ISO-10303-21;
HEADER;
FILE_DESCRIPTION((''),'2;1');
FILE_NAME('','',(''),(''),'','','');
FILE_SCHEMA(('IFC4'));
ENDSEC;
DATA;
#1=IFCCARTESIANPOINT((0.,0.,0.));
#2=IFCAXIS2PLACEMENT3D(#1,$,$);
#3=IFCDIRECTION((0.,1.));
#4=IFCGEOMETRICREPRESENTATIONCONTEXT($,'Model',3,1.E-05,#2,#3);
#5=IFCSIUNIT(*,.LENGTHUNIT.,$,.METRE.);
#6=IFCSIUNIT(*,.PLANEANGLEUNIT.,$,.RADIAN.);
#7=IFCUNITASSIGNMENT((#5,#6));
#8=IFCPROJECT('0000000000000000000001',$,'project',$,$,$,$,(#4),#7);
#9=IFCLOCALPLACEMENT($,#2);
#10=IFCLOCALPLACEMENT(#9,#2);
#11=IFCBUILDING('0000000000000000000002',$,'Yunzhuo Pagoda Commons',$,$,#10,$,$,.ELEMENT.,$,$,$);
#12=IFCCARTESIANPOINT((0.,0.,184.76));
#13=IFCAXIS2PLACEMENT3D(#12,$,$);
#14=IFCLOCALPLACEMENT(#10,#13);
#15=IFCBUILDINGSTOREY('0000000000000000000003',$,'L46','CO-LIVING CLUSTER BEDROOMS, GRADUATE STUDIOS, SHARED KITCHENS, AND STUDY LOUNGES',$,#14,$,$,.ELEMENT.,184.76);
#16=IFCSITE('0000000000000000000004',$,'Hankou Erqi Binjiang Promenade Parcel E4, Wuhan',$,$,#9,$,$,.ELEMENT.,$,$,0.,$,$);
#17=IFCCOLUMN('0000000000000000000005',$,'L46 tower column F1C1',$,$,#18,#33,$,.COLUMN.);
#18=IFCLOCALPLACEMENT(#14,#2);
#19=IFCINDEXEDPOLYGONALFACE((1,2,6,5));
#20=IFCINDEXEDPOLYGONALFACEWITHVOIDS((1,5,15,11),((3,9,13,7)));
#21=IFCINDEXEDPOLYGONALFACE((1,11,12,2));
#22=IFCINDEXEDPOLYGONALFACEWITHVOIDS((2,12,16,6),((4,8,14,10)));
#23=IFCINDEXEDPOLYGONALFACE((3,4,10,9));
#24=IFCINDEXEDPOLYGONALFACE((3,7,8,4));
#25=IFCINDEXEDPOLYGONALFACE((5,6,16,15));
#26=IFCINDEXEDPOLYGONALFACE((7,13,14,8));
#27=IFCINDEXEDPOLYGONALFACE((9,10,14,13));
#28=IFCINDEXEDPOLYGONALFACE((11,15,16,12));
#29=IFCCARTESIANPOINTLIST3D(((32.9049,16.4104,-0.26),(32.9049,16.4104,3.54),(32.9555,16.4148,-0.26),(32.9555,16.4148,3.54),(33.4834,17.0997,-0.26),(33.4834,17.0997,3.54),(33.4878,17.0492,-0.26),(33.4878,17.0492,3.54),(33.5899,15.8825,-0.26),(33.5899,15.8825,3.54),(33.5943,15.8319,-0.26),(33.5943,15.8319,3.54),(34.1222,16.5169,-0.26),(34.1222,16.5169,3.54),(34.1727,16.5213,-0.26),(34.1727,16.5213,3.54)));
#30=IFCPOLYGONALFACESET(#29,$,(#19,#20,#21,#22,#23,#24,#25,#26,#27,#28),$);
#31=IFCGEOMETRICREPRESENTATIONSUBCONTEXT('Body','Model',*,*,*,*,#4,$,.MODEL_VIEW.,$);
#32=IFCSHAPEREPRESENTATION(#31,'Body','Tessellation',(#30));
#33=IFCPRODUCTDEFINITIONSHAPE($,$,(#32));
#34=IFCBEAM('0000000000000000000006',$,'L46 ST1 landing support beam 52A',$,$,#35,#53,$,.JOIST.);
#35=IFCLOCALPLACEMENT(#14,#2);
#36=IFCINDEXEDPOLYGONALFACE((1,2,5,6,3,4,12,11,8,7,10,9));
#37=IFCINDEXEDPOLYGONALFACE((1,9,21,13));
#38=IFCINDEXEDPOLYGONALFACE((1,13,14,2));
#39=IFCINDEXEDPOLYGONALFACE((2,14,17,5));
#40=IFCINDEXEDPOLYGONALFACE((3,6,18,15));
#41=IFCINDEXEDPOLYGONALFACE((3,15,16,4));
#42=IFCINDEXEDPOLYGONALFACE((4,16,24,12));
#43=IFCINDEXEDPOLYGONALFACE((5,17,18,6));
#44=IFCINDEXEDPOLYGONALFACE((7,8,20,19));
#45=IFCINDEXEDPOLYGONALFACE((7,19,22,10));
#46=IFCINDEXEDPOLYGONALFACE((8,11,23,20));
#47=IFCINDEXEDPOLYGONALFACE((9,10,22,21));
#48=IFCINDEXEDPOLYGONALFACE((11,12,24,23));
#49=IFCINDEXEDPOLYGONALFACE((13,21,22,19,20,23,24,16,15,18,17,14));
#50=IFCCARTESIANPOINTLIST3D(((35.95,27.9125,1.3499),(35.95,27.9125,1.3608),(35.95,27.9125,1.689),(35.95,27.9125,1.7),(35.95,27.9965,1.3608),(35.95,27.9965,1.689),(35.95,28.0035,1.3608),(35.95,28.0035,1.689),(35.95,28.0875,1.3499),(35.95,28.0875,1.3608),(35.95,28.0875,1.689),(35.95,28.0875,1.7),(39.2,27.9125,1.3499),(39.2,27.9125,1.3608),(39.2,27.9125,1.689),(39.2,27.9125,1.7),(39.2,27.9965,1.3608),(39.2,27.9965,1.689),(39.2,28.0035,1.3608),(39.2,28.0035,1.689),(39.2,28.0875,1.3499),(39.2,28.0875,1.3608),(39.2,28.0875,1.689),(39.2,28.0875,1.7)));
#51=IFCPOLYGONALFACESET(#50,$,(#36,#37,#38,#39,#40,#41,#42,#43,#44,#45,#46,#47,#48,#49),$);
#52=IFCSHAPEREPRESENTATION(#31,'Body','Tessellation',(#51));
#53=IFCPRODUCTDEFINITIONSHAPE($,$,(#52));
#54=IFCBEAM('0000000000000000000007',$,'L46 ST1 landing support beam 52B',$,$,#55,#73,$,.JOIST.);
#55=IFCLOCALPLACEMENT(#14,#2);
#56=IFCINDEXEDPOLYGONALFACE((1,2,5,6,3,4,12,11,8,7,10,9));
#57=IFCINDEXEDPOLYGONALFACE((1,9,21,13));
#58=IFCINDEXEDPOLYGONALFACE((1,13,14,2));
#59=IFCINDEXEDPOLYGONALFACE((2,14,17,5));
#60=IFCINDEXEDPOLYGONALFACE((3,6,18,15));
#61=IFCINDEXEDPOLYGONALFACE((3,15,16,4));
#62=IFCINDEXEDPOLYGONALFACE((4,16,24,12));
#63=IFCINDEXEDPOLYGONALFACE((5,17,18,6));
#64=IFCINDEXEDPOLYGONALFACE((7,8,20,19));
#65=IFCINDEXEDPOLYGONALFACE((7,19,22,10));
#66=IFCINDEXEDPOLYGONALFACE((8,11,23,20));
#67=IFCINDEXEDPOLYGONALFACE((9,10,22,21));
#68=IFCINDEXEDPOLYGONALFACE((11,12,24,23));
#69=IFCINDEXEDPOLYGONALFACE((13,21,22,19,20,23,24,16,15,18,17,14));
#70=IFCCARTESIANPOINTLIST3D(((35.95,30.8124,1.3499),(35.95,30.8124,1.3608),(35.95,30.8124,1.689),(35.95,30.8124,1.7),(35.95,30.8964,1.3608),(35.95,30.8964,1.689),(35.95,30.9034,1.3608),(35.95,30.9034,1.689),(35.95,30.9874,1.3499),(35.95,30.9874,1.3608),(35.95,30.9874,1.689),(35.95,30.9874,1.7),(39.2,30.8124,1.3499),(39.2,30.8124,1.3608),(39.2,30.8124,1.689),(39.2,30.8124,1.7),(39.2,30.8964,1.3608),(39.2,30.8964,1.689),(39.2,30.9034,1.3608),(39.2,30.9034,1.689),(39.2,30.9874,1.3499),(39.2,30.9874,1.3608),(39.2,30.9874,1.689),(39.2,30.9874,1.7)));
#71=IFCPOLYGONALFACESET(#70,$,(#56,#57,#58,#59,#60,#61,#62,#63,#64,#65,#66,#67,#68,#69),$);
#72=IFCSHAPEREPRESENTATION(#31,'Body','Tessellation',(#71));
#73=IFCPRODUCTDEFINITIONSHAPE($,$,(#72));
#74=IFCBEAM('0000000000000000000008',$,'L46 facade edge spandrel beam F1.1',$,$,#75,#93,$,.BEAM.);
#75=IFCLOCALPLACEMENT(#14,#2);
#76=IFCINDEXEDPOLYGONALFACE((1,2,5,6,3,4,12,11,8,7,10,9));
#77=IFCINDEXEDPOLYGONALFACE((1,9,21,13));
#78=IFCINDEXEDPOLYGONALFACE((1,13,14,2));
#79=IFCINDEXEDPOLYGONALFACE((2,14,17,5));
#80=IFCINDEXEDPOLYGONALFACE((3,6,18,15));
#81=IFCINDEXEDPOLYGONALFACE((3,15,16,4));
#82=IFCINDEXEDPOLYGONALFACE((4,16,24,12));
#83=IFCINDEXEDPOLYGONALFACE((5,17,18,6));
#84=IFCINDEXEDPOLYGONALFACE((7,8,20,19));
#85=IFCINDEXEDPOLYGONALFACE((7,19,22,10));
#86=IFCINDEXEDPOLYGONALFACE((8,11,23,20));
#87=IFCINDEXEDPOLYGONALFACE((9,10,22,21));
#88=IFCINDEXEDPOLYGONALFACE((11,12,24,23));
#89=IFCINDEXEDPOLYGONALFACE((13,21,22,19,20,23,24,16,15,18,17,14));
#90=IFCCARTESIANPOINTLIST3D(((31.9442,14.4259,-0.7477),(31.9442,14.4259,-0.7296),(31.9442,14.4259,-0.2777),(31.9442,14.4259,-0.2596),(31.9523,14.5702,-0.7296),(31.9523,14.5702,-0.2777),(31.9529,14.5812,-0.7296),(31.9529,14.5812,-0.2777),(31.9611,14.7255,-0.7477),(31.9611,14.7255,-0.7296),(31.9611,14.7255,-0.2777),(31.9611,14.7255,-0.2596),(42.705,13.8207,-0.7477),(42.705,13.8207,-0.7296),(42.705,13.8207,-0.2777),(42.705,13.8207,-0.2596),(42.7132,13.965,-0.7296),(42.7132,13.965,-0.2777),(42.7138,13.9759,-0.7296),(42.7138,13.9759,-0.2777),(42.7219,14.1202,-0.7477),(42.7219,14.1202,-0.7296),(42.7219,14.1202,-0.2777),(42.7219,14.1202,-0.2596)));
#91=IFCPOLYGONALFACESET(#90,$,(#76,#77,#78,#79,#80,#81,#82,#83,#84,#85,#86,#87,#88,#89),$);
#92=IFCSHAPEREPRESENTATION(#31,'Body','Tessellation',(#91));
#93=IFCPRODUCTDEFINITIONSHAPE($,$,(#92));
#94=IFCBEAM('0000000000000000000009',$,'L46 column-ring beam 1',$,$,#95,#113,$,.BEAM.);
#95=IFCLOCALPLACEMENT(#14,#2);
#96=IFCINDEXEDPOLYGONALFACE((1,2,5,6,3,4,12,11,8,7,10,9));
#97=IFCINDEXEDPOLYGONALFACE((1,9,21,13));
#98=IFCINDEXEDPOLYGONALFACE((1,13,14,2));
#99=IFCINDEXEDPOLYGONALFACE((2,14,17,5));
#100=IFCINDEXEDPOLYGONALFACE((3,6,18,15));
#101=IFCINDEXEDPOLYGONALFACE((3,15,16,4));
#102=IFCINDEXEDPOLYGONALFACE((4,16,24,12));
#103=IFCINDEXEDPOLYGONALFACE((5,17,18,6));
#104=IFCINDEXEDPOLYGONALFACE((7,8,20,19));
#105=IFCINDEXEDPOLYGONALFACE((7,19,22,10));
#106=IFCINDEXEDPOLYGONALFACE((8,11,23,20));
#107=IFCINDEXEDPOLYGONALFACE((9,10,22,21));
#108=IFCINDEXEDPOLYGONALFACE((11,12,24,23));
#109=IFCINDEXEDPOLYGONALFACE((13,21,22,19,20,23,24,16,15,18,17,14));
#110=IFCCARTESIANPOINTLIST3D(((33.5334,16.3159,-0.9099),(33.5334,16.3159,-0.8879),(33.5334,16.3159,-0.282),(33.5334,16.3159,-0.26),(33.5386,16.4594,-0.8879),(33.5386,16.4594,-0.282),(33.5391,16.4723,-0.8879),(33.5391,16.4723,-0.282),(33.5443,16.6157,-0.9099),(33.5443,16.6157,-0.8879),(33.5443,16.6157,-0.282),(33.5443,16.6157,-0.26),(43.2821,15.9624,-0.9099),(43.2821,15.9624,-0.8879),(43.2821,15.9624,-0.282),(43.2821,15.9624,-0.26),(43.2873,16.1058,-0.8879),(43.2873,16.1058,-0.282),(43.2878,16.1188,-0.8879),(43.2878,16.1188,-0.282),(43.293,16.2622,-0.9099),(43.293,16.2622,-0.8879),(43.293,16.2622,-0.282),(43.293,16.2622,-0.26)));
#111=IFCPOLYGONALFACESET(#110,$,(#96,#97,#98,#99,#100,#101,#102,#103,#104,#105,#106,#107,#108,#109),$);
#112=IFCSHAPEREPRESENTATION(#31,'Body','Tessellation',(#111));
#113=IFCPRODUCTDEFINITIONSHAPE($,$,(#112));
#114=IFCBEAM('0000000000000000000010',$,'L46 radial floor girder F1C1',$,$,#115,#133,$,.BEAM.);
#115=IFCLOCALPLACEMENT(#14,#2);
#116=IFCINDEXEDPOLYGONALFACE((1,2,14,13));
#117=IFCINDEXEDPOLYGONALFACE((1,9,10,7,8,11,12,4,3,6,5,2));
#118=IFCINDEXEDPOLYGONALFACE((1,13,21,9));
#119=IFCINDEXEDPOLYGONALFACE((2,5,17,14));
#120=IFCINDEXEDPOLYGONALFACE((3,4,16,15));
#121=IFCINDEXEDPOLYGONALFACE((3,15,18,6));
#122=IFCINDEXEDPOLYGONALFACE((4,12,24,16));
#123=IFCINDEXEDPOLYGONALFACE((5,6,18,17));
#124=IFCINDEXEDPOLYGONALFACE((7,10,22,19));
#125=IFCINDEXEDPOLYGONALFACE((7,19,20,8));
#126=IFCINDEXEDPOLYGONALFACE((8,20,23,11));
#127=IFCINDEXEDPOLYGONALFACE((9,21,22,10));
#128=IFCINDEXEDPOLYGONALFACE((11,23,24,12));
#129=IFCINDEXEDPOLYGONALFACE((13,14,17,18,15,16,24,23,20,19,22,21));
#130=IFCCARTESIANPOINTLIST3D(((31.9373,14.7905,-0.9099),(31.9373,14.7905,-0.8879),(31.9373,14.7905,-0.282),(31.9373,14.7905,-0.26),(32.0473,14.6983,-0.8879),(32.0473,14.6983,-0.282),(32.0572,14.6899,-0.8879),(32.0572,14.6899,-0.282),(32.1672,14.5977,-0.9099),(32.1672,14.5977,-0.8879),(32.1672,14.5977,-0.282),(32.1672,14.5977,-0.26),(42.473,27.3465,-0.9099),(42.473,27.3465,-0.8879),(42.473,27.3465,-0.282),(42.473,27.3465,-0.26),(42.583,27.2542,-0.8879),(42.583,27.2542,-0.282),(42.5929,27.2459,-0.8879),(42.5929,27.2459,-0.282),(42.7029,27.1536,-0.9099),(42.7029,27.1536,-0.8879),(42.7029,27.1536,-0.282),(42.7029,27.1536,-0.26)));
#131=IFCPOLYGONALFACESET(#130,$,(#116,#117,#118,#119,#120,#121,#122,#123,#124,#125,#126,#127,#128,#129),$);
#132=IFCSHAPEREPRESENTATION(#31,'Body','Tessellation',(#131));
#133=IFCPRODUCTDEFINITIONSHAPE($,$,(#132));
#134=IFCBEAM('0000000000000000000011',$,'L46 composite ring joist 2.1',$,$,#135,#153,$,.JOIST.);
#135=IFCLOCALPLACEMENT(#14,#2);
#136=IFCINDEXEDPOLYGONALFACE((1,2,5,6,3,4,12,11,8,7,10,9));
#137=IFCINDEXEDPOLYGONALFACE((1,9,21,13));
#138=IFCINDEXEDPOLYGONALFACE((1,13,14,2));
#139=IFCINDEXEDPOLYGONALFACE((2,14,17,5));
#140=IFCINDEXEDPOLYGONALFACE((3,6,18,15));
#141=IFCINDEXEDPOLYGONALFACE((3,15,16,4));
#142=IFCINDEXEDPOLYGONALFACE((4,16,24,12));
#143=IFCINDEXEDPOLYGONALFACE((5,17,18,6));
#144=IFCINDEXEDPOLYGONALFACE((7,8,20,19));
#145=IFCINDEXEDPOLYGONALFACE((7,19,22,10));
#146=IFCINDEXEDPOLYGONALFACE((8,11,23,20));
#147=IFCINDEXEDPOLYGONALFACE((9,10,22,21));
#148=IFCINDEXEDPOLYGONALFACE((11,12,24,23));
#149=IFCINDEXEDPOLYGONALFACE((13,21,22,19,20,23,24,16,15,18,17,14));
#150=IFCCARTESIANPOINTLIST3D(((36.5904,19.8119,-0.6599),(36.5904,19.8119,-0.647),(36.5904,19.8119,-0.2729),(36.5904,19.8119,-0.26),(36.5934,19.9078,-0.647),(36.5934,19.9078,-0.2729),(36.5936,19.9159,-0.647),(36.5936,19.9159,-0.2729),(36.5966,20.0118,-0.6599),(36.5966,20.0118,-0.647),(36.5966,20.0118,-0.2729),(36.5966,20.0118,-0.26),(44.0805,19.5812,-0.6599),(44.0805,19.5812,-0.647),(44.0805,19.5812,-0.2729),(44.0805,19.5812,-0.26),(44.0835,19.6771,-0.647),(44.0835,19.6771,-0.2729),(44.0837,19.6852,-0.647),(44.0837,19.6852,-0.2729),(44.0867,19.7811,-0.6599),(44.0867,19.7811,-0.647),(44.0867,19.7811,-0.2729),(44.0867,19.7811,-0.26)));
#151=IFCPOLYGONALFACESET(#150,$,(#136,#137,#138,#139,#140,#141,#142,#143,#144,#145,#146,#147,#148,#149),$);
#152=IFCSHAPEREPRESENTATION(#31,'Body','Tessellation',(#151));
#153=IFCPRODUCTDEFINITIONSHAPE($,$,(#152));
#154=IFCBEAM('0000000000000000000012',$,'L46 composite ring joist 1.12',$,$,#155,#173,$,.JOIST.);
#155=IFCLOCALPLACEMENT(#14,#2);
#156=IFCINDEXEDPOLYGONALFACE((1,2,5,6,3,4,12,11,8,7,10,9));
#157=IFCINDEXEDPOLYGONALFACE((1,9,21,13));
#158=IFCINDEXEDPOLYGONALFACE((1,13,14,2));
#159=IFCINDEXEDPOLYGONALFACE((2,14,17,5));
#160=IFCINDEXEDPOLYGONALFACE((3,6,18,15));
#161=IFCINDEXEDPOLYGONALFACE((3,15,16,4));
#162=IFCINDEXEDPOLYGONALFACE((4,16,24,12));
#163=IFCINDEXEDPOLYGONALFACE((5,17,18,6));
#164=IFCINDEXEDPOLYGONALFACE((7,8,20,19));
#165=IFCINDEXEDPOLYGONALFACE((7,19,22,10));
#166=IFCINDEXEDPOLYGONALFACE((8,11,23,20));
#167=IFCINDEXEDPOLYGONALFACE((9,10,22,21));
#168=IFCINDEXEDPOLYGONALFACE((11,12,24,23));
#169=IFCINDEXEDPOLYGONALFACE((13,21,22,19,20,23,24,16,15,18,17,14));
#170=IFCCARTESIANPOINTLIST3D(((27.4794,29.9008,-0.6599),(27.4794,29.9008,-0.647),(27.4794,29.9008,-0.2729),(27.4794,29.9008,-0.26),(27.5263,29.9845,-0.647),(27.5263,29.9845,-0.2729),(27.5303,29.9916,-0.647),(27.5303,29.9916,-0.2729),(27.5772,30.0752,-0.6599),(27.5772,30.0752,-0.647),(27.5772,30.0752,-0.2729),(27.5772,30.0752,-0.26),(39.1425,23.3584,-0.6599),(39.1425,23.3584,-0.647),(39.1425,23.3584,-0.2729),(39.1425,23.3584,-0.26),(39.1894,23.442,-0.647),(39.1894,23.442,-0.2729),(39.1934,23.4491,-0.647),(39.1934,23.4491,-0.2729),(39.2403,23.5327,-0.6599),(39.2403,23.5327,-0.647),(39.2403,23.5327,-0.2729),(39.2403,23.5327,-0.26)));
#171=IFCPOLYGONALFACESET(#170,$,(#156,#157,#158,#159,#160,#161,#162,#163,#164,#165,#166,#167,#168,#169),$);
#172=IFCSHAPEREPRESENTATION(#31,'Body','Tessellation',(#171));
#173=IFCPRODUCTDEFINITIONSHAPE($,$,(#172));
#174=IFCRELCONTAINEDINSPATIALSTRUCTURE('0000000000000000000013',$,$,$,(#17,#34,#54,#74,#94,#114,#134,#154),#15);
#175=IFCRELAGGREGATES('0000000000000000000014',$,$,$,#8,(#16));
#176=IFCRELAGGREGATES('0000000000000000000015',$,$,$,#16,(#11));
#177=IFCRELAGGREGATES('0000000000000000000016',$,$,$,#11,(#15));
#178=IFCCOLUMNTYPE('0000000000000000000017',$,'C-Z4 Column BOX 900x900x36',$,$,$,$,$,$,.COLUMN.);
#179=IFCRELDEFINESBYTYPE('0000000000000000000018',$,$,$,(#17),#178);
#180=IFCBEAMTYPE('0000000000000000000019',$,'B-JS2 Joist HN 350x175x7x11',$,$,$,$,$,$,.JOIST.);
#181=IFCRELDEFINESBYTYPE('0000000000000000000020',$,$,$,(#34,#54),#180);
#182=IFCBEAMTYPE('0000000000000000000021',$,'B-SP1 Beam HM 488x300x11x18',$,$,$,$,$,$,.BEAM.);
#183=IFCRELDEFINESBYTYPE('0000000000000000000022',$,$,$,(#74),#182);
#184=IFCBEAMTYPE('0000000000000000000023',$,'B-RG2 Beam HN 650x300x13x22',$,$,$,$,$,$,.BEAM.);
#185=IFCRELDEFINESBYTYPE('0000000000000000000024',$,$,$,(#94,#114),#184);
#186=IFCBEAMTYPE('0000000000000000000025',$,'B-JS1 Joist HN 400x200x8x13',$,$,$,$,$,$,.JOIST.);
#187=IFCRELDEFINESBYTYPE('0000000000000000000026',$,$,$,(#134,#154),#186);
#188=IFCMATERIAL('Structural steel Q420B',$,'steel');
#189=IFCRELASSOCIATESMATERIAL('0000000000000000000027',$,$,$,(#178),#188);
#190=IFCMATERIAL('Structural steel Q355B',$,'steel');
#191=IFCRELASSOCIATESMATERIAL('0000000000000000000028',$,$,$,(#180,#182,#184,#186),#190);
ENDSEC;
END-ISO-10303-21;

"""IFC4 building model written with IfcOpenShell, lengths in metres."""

from ifc_helpers import new_model, si_unit, direction, frame, origin, origin_2d, place, context, subcontext, project, spatial, hollow_rectangle, i_section, extrude, source, transform, mapped, material, material_profile, profile_set, type_object, element, save


model = new_model("IFC4")

# Units and contexts
model_context = context("Model", 3, precision=1e-05, world=origin(), true_north=direction((0.0, 1.0)))
body_context = subcontext(model_context, "Body", "Model", "MODEL_VIEW")
ifc_project = project(units=[si_unit("LENGTHUNIT", "METRE"), si_unit("PLANEANGLEUNIT", "RADIAN")], contexts=[model_context])

# Site, building, storey
site_placement = place(None, origin())
site = spatial("IfcSite", under=ifc_project, at=site_placement, Name="Hankou Erqi Binjiang Promenade Parcel E4, Wuhan", CompositionType="ELEMENT", RefElevation=0.0)
building_placement = place(site_placement, origin())
building = spatial("IfcBuilding", under=site, at=building_placement, Name="Yunzhuo Pagoda Commons", CompositionType="ELEMENT")
storey_placement = place(building_placement, frame((0.0, 0.0, 184.76)))
storey = spatial("IfcBuildingStorey", under=building, at=storey_placement, Name="L46", Description="CO-LIVING CLUSTER BEDROOMS, GRADUATE STUDIOS, SHARED KITCHENS, AND STUDY LOUNGES", CompositionType="ELEMENT", Elevation=184.76)

# Column
ifc_material_1 = material(Name="Structural steel Q420B", Category="steel")
ifc_material_profile_1 = material_profile(ifc_material_1, hollow_rectangle(XDim=0.8999, YDim=0.8999, WallThickness=0.0359, at=origin_2d()), Name="Structural steel Q420B")
ifc_profile_set_1 = profile_set([ifc_material_profile_1], Name="Structural steel Q420B")
column_type = type_object("IfcColumnType", Name="C-Z4 Column BOX 900x900x36", PredefinedType="COLUMN", material=ifc_profile_set_1)
shared_shape_1 = source(origin(), body_context, "Body", "SweptSolid", [
    extrude(hollow_rectangle(XDim=0.8999, YDim=0.8999, WallThickness=0.0359, at=origin_2d()), origin(), (0.0, 0.0, 1.0), 3.8),
])
column_placement = place(storey_placement, frame((33.5388, 16.4658, -0.26), z_axis=(0.0, 0.0, 1.0), x_axis=(0.766044, -0.642788, 0.0)))
element("IfcColumn", 1, at=column_placement, inside=storey, type_object=column_type, Name="L46 tower column F1C1", PredefinedType="COLUMN", context=body_context, shape_type="MappedRepresentation", body=[
    mapped(shared_shape_1, transform((0.0, 0.0, 0.0), scale=1.0)),
])

# Beams
ifc_material_2 = material(Name="Structural steel Q355B", Category="steel")
ifc_material_profile_2 = material_profile(ifc_material_2, i_section(OverallWidth=0.175, OverallDepth=0.3501, WebThickness=0.0071, FlangeThickness=0.011, at=origin_2d()), Name="Structural steel Q355B")
ifc_profile_set_2 = profile_set([ifc_material_profile_2], Name="Structural steel Q355B")
beam_type_1 = type_object("IfcBeamType", Name="B-JS2 Joist HN 350x175x7x11", PredefinedType="JOIST", material=ifc_profile_set_2)
shared_shape_2 = source(origin(), body_context, "Body", "SweptSolid", [
    extrude(i_section(OverallWidth=0.175, OverallDepth=0.3501, WebThickness=0.0071, FlangeThickness=0.011, at=origin_2d()), origin(), (0.0, 0.0, 1.0), 3.25),
])
for number, where, z_axis, x_axis, name in (
    (2, (35.95, 28.0, 1.5249), (1.0, 0.0, 0.0), (0.0, 1.0, 0.0), "L46 ST1 landing support beam 52A"),
    (3, (35.95, 30.8999, 1.5249), (1.0, 0.0, 0.0), (0.0, 1.0, 0.0), "L46 ST1 landing support beam 52B"),
):
    element("IfcBeam", number, at=place(storey_placement, frame(where, z_axis=z_axis, x_axis=x_axis)), inside=storey, type_object=beam_type_1, Name=name, PredefinedType="JOIST", context=body_context, shape_type="MappedRepresentation", body=[
        mapped(shared_shape_2, transform((0.0, 0.0, 0.0), scale=1.0)),
    ])
ifc_material_profile_3 = material_profile(ifc_material_2, i_section(OverallWidth=0.3, OverallDepth=0.488, WebThickness=0.011, FlangeThickness=0.0181, at=origin_2d()), Name="Structural steel Q355B")
ifc_profile_set_3 = profile_set([ifc_material_profile_3], Name="Structural steel Q355B")
beam_type_2 = type_object("IfcBeamType", Name="B-SP1 Beam HM 488x300x11x18", PredefinedType="BEAM", material=ifc_profile_set_3)
shared_shape_3 = source(origin(), body_context, "Body", "SweptSolid", [
    extrude(i_section(OverallWidth=0.3, OverallDepth=0.488, WebThickness=0.011, FlangeThickness=0.0181, at=origin_2d()), origin(), (0.0, 0.0, 1.0), 10.7778),
])
beam_1_placement = place(storey_placement, frame((31.9526, 14.5757, -0.5037), z_axis=(0.998422, -0.056155, 0.0), x_axis=(0.056155, 0.998422, 0.0)))
element("IfcBeam", 4, at=beam_1_placement, inside=storey, type_object=beam_type_2, Name="L46 facade edge spandrel beam F1.1", PredefinedType="BEAM", context=body_context, shape_type="MappedRepresentation", body=[
    mapped(shared_shape_3, transform((0.0, 0.0, 0.0), scale=1.0)),
])
ifc_material_profile_4 = material_profile(ifc_material_2, i_section(OverallWidth=0.3, OverallDepth=0.6499, WebThickness=0.0129, FlangeThickness=0.022, at=origin_2d()), Name="Structural steel Q355B")
ifc_profile_set_4 = profile_set([ifc_material_profile_4], Name="Structural steel Q355B")
beam_type_3 = type_object("IfcBeamType", Name="B-RG2 Beam HN 650x300x13x22", PredefinedType="BEAM", material=ifc_profile_set_4)
shared_shape_4 = source(origin(), body_context, "Body", "SweptSolid", [
    extrude(i_section(OverallWidth=0.3, OverallDepth=0.6499, WebThickness=0.0129, FlangeThickness=0.022, at=origin_2d()), origin(), (0.0, 0.0, 1.0), 9.7551),
])
beam_2_placement = place(storey_placement, frame((33.5388, 16.4658, -0.585), z_axis=(0.999343, -0.036239, 0.0), x_axis=(0.036239, 0.999343, 0.0)))
element("IfcBeam", 5, at=beam_2_placement, inside=storey, type_object=beam_type_3, Name="L46 column-ring beam 1", PredefinedType="BEAM", context=body_context, shape_type="MappedRepresentation", body=[
    mapped(shared_shape_4, transform((0.0, 0.0, 0.0), scale=1.0)),
])
shared_shape_5 = source(origin(), body_context, "Body", "SweptSolid", [
    extrude(i_section(OverallWidth=0.3, OverallDepth=0.6499, WebThickness=0.0129, FlangeThickness=0.022, at=origin_2d()), origin(), (0.0, 0.0, 1.0), 16.3906),
])
beam_3_placement = place(storey_placement, frame((32.0522, 14.6941, -0.585), z_axis=(0.642787, 0.766045, 0.0), x_axis=(-0.766045, 0.642787, 0.0)))
element("IfcBeam", 6, at=beam_3_placement, inside=storey, type_object=beam_type_3, Name="L46 radial floor girder F1C1", PredefinedType="BEAM", context=body_context, shape_type="MappedRepresentation", body=[
    mapped(shared_shape_5, transform((0.0, 0.0, 0.0), scale=1.0)),
])
ifc_material_profile_5 = material_profile(ifc_material_2, i_section(OverallWidth=0.2, OverallDepth=0.3999, WebThickness=0.0081, FlangeThickness=0.0129, at=origin_2d()), Name="Structural steel Q355B")
ifc_profile_set_5 = profile_set([ifc_material_profile_5], Name="Structural steel Q355B")
beam_type_4 = type_object("IfcBeamType", Name="B-JS1 Joist HN 400x200x8x13", PredefinedType="JOIST", material=ifc_profile_set_5)
shared_shape_6 = source(origin(), body_context, "Body", "SweptSolid", [
    extrude(i_section(OverallWidth=0.2, OverallDepth=0.3999, WebThickness=0.0081, FlangeThickness=0.0129, at=origin_2d()), origin(), (0.0, 0.0, 1.0), 7.4937),
])
beam_4_placement = place(storey_placement, frame((36.5935, 19.9119, -0.46), z_axis=(0.999526, -0.030788, 0.0), x_axis=(0.030788, 0.999526, 0.0)))
element("IfcBeam", 7, at=beam_4_placement, inside=storey, type_object=beam_type_4, Name="L46 composite ring joist 2.1", PredefinedType="JOIST", context=body_context, shape_type="MappedRepresentation", body=[
    mapped(shared_shape_6, transform((0.0, 0.0, 0.0), scale=1.0)),
])
shared_shape_7 = source(origin(), body_context, "Body", "SweptSolid", [
    extrude(i_section(OverallWidth=0.2, OverallDepth=0.3999, WebThickness=0.0081, FlangeThickness=0.0129, at=origin_2d()), origin(), (0.0, 0.0, 1.0), 13.3728),
])
beam_5_placement = place(storey_placement, frame((27.5283, 29.988, -0.46), z_axis=(0.87215, -0.489238, 0.0), x_axis=(0.489238, 0.87215, 0.0)))
element("IfcBeam", 8, at=beam_5_placement, inside=storey, type_object=beam_type_4, Name="L46 composite ring joist 1.12", PredefinedType="JOIST", context=body_context, shape_type="MappedRepresentation", body=[
    mapped(shared_shape_7, transform((0.0, 0.0, 0.0), scale=1.0)),
])

save(model, "model.ifc")
